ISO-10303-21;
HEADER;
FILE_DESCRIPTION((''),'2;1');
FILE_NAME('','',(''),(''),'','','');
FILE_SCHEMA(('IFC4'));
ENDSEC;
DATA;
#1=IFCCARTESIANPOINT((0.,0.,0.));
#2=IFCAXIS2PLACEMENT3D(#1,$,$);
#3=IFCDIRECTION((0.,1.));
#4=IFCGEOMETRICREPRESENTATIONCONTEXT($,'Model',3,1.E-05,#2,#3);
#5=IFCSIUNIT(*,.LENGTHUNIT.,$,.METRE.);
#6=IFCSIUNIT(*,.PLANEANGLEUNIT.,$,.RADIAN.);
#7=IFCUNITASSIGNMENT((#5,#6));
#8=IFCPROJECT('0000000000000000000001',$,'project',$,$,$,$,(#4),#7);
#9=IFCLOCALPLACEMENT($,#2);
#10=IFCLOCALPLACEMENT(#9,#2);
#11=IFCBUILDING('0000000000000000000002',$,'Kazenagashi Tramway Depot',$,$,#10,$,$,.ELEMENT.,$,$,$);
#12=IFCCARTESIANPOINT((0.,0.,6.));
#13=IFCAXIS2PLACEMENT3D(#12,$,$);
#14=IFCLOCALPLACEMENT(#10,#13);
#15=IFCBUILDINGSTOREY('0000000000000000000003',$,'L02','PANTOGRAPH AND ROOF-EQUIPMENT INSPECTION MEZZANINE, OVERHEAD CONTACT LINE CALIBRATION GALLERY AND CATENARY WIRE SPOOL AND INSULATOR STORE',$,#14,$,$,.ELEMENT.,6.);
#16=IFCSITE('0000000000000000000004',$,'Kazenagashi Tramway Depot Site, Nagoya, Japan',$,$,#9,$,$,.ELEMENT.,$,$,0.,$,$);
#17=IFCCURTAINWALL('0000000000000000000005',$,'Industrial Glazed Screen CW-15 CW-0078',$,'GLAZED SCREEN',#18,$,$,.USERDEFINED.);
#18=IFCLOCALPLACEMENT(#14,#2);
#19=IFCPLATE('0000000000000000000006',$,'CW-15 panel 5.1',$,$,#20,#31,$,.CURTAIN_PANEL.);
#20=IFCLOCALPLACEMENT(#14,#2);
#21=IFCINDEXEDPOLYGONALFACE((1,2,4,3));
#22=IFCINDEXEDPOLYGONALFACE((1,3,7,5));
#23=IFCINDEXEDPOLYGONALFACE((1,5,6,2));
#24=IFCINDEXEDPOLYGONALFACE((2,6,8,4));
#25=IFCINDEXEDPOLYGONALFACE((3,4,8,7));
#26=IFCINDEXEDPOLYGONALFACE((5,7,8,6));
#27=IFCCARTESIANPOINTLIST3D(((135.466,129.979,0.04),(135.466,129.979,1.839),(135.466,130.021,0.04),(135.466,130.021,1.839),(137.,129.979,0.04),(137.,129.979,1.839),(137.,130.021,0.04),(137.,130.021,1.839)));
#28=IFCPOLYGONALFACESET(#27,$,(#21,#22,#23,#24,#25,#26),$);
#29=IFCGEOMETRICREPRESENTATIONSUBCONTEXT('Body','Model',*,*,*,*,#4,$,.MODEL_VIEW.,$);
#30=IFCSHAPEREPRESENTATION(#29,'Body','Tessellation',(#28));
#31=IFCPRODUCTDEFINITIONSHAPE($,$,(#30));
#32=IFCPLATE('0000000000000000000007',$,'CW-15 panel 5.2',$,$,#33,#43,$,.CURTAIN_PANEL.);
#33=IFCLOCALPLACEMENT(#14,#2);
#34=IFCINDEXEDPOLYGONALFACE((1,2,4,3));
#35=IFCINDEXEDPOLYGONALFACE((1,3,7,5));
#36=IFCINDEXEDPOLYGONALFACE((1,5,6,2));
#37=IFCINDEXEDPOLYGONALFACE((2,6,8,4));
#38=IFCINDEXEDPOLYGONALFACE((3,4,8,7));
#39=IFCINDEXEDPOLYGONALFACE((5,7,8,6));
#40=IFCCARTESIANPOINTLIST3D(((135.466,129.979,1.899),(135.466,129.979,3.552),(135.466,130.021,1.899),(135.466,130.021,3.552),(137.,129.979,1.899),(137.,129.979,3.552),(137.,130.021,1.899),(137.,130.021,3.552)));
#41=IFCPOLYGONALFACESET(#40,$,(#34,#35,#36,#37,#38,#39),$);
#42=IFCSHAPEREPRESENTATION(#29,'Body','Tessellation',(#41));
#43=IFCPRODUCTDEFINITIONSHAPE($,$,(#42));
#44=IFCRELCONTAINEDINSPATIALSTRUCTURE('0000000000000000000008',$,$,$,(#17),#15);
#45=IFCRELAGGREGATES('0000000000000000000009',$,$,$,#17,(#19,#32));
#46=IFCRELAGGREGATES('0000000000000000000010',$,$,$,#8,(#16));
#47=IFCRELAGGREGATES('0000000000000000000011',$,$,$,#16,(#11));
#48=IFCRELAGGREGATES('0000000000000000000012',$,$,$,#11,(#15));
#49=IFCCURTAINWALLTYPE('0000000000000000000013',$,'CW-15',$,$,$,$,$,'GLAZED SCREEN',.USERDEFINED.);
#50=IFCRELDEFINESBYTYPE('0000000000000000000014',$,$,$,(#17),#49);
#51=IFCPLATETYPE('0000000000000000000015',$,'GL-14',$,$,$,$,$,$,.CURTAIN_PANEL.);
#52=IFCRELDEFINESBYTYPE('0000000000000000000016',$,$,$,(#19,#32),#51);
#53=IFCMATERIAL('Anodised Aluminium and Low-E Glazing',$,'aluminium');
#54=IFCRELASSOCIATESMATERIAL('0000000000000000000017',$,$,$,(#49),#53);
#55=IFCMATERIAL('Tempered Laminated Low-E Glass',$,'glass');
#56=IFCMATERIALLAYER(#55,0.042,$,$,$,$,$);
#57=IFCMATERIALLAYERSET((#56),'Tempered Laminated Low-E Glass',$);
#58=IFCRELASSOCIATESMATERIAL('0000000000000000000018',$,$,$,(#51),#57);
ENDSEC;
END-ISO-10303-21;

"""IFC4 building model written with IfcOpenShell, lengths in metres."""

from ifc_helpers import new_model, si_unit, direction, frame, origin, origin_2d, place, context, subcontext, project, spatial, rectangle, extrude, material, layer, layer_set, type_object, element, aggregate, save


model = new_model("IFC4")

# Units and contexts
model_context = context("Model", 3, precision=1e-05, world=origin(), true_north=direction((0.0, 1.0)))
body_context = subcontext(model_context, "Body", "Model", "MODEL_VIEW")
ifc_project = project(units=[si_unit("LENGTHUNIT", "METRE"), si_unit("PLANEANGLEUNIT", "RADIAN")], contexts=[model_context])

# Site, building, storey
site_placement = place(None, origin())
site = spatial("IfcSite", under=ifc_project, at=site_placement, Name="Kazenagashi Tramway Depot Site, Nagoya, Japan", CompositionType="ELEMENT", RefElevation=0.0)
building_placement = place(site_placement, origin())
building = spatial("IfcBuilding", under=site, at=building_placement, Name="Kazenagashi Tramway Depot", CompositionType="ELEMENT")
storey_placement = place(building_placement, frame((0.0, 0.0, 6.0)))
storey = spatial("IfcBuildingStorey", under=building, at=storey_placement, Name="L02", Description="PANTOGRAPH AND ROOF-EQUIPMENT INSPECTION MEZZANINE, OVERHEAD CONTACT LINE CALIBRATION GALLERY AND CATENARY WIRE SPOOL AND INSULATOR STORE", CompositionType="ELEMENT", Elevation=6.0)

# Curtain wall
ifc_material_1 = material(Name="Anodised Aluminium and Low-E Glazing", Category="aluminium")
curtain_wall_type = type_object("IfcCurtainWallType", Name="CW-15", ElementType="GLAZED SCREEN", PredefinedType="USERDEFINED", material=ifc_material_1)
curtain_wall_1_placement = place(storey_placement, origin())
curtain_wall_1 = element("IfcCurtainWall", 1, at=curtain_wall_1_placement, inside=storey, type_object=curtain_wall_type, Name="Industrial Glazed Screen CW-15 CW-0078", ObjectType="GLAZED SCREEN", PredefinedType="USERDEFINED")

# Plates
ifc_material_2 = material(Name="Tempered Laminated Low-E Glass", Category="glass")
ifc_layer_1 = layer(ifc_material_2, 0.042)
ifc_layer_set_1 = layer_set([ifc_layer_1], Name="Tempered Laminated Low-E Glass")
plate_type_1 = type_object("IfcPlateType", Name="GL-14", PredefinedType="CURTAIN_PANEL", material=ifc_layer_set_1)
plate_1_placement = place(storey_placement, frame((136.233, 130.0, 0.04), z_axis=(0.0, 0.0, 1.0), x_axis=(1.0, 0.0, 0.0)))
plate_1 = element("IfcPlate", 2, at=plate_1_placement, type_object=plate_type_1, Name="CW-15 panel 5.1", PredefinedType="CURTAIN_PANEL", context=body_context, shape_type="SweptSolid", body=[
    extrude(rectangle(XDim=1.534, YDim=0.042, at=origin_2d()), origin(), (0.0, 0.0, 1.0), 1.799),
])
plate_2_placement = place(storey_placement, frame((136.233, 130.0, 1.899), z_axis=(0.0, 0.0, 1.0), x_axis=(1.0, 0.0, 0.0)))
plate_2 = element("IfcPlate", 3, at=plate_2_placement, type_object=plate_type_1, Name="CW-15 panel 5.2", PredefinedType="CURTAIN_PANEL", context=body_context, shape_type="SweptSolid", body=[
    extrude(rectangle(XDim=1.534, YDim=0.042, at=origin_2d()), origin(), (0.0, 0.0, 1.0), 1.653),
])
aggregate(curtain_wall_1, [plate_1, plate_2])

save(model, "model.ifc")
